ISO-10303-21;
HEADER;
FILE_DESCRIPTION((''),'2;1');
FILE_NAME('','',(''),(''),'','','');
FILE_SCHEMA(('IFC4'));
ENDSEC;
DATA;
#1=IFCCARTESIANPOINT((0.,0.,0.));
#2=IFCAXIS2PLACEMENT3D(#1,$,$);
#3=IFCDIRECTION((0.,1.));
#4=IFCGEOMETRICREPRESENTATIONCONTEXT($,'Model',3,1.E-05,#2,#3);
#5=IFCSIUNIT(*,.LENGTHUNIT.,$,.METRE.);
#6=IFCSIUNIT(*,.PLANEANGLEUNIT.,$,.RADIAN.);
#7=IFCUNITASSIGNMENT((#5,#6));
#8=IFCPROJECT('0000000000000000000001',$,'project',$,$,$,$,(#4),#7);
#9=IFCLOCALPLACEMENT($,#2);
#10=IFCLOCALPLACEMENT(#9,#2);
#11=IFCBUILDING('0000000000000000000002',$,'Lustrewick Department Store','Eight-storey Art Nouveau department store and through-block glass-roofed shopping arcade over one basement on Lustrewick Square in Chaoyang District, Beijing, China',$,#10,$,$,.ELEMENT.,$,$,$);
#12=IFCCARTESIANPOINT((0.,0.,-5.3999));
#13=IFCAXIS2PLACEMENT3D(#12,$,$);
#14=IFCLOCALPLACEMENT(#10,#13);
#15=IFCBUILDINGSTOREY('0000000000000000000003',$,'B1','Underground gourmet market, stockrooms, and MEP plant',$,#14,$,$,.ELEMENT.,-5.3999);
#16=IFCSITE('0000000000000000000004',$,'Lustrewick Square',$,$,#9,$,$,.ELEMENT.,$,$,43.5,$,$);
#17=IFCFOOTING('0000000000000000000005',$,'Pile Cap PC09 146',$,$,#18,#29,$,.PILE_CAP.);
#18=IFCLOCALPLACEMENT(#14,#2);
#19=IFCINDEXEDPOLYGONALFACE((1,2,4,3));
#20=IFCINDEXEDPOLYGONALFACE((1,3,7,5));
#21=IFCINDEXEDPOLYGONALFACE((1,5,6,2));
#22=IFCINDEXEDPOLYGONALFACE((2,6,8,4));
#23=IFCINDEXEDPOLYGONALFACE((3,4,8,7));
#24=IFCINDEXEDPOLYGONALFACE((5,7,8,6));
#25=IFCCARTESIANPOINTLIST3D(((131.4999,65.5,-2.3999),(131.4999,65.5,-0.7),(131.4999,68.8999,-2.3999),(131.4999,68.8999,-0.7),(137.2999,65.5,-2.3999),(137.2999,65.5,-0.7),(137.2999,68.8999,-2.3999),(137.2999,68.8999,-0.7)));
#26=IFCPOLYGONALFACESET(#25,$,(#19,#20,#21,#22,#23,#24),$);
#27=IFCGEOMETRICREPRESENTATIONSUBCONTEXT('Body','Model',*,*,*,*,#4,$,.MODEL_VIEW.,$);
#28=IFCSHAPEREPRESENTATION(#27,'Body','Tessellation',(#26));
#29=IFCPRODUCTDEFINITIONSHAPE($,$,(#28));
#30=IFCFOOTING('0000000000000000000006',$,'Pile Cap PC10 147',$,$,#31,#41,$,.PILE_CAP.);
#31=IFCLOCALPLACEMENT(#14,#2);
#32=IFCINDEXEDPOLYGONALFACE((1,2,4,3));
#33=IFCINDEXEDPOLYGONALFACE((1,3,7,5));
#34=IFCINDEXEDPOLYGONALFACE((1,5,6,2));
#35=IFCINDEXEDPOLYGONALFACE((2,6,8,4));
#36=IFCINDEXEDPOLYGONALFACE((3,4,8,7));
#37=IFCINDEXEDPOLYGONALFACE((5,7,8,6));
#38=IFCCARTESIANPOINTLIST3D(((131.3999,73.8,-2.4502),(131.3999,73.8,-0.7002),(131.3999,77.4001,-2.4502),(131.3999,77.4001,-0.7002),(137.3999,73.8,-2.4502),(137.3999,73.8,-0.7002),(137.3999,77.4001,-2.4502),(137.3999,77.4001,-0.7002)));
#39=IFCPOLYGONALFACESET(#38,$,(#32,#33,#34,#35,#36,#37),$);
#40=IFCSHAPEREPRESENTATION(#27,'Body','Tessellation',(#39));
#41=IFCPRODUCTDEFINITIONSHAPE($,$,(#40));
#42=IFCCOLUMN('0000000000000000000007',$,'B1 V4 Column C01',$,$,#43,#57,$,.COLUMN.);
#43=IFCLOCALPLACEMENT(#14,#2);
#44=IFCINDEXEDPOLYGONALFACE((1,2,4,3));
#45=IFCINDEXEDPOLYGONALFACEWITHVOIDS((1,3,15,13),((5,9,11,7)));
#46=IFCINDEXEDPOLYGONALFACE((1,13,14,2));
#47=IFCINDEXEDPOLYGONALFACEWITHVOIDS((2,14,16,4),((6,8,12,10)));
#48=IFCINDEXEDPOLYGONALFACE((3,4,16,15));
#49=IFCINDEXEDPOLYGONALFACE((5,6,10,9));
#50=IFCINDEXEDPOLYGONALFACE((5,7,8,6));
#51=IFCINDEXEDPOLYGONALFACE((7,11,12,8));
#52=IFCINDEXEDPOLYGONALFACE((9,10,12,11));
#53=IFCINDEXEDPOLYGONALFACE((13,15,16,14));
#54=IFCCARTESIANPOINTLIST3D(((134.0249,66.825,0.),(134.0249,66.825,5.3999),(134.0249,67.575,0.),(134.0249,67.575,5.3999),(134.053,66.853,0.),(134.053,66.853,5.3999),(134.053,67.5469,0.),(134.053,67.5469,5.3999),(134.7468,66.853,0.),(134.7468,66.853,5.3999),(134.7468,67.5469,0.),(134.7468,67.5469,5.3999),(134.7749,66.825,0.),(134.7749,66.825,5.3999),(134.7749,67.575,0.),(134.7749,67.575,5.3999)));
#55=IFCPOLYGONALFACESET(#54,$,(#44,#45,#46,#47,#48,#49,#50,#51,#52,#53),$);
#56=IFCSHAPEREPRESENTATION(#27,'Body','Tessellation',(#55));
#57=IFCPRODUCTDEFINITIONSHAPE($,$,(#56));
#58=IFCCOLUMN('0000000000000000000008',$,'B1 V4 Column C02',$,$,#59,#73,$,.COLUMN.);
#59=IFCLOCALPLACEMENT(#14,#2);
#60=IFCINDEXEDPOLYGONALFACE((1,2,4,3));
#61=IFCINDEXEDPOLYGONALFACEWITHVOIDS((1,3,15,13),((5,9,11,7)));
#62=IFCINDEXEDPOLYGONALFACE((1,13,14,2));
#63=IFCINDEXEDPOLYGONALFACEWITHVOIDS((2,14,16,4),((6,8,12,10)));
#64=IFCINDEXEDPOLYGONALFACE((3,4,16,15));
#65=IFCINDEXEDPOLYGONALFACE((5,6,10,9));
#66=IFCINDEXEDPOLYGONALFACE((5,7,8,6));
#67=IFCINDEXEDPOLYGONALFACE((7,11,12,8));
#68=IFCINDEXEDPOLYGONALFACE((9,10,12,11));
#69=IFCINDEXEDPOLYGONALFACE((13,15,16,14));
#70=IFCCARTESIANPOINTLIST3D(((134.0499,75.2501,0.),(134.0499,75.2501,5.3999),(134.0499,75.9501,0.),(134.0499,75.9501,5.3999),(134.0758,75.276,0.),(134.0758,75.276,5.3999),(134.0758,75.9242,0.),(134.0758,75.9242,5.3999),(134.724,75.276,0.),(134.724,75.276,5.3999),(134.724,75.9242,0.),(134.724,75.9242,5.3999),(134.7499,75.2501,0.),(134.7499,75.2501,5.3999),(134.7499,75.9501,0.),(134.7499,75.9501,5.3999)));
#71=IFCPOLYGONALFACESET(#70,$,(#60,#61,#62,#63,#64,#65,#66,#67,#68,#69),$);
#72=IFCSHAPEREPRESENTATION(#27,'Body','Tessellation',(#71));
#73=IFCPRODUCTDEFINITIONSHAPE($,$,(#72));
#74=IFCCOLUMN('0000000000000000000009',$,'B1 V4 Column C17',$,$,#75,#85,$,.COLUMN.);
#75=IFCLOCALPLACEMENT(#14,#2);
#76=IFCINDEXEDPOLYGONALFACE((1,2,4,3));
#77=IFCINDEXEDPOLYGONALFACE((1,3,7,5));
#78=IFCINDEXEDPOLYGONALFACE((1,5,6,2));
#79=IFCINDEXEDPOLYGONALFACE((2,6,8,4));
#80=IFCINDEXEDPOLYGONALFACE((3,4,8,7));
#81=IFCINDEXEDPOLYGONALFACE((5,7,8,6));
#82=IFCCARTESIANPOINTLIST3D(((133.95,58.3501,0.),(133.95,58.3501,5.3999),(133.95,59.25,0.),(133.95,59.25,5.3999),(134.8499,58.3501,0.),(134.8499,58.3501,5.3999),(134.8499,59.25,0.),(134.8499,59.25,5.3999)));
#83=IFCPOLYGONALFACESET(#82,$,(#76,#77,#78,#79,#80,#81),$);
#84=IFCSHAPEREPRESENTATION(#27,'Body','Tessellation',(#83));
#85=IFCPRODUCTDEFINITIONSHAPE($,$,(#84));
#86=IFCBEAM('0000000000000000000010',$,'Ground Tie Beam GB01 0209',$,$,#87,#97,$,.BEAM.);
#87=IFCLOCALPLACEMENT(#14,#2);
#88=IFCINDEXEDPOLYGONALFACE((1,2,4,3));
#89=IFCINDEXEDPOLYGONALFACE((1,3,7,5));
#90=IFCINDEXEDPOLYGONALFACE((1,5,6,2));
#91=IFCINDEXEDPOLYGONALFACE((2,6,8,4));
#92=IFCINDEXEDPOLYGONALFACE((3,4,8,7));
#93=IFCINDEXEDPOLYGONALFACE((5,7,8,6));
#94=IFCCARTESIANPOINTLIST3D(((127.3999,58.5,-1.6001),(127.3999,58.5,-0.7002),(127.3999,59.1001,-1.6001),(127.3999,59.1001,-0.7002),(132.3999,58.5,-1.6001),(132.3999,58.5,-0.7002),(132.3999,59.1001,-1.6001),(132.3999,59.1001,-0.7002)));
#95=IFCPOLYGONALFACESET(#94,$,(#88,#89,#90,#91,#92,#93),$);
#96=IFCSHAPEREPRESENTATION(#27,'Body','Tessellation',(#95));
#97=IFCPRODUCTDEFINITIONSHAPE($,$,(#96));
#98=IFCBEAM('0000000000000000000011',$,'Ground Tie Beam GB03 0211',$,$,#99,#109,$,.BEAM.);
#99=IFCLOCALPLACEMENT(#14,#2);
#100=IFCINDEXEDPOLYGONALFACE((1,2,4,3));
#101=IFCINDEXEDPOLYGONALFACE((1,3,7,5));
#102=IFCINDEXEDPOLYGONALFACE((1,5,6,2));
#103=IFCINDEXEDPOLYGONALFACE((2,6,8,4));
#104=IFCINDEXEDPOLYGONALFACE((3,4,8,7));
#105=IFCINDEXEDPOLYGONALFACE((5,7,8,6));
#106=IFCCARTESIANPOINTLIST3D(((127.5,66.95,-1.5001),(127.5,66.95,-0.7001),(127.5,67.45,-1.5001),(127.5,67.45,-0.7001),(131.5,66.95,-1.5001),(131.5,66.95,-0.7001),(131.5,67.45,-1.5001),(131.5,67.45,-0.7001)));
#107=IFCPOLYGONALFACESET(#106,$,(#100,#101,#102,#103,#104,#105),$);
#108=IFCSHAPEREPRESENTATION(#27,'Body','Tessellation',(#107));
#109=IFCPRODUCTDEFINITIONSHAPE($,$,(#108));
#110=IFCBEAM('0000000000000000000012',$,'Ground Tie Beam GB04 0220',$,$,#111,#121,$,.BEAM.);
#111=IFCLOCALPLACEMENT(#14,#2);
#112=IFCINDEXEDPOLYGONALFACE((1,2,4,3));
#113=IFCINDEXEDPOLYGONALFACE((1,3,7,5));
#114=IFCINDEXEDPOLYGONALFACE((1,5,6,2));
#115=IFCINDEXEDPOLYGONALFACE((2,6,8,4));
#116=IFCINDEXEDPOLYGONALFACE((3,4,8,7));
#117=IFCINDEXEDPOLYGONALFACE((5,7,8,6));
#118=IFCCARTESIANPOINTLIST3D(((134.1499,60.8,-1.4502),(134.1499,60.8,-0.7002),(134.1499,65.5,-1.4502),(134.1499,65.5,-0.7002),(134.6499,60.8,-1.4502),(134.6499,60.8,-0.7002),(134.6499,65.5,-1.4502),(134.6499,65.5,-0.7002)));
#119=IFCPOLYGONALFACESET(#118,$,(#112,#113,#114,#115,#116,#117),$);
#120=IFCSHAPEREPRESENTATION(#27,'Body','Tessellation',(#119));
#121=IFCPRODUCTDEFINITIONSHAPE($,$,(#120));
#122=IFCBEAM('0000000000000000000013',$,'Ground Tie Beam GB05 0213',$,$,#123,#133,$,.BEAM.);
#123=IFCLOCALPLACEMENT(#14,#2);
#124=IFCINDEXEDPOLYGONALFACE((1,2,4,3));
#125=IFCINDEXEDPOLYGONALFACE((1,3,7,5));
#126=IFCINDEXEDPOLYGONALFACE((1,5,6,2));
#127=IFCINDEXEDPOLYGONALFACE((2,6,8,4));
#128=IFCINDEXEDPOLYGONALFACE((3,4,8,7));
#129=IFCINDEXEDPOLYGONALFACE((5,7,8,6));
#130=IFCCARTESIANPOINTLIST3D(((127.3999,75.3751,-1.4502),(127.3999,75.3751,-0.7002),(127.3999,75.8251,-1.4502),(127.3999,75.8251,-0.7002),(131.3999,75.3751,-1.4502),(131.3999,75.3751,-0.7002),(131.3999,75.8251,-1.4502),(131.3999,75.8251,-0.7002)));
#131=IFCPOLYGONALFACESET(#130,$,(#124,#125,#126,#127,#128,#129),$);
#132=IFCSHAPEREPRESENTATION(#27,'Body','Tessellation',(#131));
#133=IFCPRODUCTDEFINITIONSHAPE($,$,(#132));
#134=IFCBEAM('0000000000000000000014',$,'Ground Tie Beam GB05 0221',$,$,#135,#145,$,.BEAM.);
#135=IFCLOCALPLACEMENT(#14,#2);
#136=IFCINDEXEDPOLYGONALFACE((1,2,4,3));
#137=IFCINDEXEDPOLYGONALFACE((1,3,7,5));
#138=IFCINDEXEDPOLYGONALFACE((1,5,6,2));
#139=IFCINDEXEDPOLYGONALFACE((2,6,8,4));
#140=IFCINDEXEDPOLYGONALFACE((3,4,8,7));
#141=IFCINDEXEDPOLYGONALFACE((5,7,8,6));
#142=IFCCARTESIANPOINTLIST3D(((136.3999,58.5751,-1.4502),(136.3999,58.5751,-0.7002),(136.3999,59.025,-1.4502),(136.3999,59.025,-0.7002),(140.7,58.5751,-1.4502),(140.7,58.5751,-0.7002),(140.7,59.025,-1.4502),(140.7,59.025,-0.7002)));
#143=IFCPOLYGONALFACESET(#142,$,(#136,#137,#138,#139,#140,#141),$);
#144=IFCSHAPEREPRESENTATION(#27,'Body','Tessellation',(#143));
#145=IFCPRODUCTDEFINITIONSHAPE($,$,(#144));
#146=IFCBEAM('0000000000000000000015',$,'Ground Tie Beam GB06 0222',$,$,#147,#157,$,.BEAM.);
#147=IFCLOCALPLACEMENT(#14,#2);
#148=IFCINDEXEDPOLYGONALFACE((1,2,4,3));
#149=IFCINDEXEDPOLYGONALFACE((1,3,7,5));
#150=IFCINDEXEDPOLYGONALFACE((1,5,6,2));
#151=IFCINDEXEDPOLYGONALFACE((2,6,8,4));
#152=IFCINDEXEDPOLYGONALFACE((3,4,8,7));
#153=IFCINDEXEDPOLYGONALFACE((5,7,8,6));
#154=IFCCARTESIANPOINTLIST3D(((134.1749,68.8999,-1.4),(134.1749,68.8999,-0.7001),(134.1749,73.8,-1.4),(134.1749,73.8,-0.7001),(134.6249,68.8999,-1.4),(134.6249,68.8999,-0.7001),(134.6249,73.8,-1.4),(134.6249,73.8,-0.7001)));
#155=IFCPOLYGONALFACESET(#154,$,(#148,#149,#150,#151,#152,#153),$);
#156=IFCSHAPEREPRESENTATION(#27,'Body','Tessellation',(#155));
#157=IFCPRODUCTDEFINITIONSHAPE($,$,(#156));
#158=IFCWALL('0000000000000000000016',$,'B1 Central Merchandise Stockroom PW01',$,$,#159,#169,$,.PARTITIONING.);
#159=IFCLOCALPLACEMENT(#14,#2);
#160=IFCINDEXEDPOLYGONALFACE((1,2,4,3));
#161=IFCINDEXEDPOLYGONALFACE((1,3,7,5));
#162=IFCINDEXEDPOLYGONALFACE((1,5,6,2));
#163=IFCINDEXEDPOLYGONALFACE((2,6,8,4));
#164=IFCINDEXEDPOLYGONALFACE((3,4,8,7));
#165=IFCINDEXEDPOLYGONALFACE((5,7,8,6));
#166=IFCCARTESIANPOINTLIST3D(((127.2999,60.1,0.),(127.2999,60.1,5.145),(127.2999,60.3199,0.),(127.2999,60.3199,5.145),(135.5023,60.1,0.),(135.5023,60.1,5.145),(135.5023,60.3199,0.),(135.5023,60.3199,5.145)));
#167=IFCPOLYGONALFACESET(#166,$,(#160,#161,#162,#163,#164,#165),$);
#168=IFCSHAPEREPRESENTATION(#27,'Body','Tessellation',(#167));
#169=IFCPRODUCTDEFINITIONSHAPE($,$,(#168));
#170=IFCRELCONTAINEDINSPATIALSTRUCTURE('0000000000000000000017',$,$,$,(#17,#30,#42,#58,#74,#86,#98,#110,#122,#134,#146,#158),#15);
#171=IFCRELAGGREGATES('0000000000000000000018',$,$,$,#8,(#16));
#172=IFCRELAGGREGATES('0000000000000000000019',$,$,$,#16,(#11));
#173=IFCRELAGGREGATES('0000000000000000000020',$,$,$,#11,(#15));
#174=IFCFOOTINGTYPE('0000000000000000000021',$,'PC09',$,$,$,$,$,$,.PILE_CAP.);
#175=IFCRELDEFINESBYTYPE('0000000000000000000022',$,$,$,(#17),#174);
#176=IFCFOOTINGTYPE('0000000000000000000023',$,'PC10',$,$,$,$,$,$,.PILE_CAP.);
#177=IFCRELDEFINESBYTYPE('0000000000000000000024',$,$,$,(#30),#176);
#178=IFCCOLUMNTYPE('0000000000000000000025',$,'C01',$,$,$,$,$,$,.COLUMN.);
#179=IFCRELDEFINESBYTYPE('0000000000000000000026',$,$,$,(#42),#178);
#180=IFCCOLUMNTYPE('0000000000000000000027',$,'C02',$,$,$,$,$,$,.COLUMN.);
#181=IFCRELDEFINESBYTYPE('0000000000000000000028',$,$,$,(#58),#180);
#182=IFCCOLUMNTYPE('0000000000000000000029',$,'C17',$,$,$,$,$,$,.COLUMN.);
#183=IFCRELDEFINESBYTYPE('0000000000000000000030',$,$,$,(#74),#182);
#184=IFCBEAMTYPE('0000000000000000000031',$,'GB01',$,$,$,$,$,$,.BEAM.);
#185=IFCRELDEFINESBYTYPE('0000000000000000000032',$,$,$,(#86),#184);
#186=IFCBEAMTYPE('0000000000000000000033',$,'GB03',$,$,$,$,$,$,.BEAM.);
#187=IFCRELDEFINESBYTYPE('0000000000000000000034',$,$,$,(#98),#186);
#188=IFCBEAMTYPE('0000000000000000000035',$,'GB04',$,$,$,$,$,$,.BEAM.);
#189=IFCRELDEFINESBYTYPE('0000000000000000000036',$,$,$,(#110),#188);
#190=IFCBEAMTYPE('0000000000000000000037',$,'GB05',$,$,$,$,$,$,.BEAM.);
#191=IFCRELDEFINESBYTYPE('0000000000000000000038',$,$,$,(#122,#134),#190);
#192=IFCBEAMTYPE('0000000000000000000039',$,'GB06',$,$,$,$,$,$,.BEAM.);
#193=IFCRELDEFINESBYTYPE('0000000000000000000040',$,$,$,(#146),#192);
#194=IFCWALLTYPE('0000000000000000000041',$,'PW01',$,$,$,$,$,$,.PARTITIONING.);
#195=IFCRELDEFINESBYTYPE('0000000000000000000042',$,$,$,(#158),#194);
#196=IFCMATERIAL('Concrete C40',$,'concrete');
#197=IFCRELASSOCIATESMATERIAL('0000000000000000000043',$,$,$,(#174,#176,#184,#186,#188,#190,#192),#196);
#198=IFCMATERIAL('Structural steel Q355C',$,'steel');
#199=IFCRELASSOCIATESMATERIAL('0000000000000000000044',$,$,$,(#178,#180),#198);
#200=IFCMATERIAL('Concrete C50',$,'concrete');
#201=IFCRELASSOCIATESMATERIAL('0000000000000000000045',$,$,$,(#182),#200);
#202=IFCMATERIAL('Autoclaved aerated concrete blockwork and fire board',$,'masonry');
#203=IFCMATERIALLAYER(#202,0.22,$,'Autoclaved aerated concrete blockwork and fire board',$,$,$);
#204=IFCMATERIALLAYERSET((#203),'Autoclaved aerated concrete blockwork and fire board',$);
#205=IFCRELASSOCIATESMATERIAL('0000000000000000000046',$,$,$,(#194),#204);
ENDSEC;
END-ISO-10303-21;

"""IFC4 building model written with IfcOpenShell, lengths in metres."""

from ifc_helpers import new_model, si_unit, direction, frame, frame_2d, origin, origin_2d, place, context, subcontext, project, spatial, rectangle, hollow_rectangle, extrude, material, layer, layer_set, material_profile, profile_set, type_object, element, save


model = new_model("IFC4")

# Units and contexts
model_context = context("Model", 3, precision=1e-05, world=origin(), true_north=direction((0.0, 1.0)))
body_context = subcontext(model_context, "Body", "Model", "MODEL_VIEW")
ifc_project = project(units=[si_unit("LENGTHUNIT", "METRE"), si_unit("PLANEANGLEUNIT", "RADIAN")], contexts=[model_context])

# Site, building, storey
site_placement = place(None, origin())
site = spatial("IfcSite", under=ifc_project, at=site_placement, Name="Lustrewick Square", CompositionType="ELEMENT", RefElevation=43.5)
building_placement = place(site_placement, origin())
building = spatial("IfcBuilding", under=site, at=building_placement, Name="Lustrewick Department Store", Description="Eight-storey Art Nouveau department store and through-block glass-roofed shopping arcade over one basement on Lustrewick Square in Chaoyang District, Beijing, China", CompositionType="ELEMENT")
storey_placement = place(building_placement, frame((0.0, 0.0, -5.3999)))
storey = spatial("IfcBuildingStorey", under=building, at=storey_placement, Name="B1", Description="Underground gourmet market, stockrooms, and MEP plant", CompositionType="ELEMENT", Elevation=-5.3999)

# Shared definitions
ifc_material_1 = material(Name="Concrete C40", Category="concrete")

# Footings
footing_type_1 = type_object("IfcFootingType", Name="PC09", PredefinedType="PILE_CAP", material=ifc_material_1)
footing_1_placement = place(storey_placement, frame((134.3999, 67.2, -2.3999), z_axis=(0.0, 0.0, 1.0), x_axis=(1.0, 0.0, 0.0)))
element("IfcFooting", 1, at=footing_1_placement, inside=storey, type_object=footing_type_1, Name="Pile Cap PC09 146", PredefinedType="PILE_CAP", context=body_context, shape_type="SweptSolid", body=[
    extrude(rectangle(XDim=5.8, YDim=3.3999, at=origin_2d()), origin(), (0.0, 0.0, 1.0), 1.7),
])
footing_type_2 = type_object("IfcFootingType", Name="PC10", PredefinedType="PILE_CAP", material=ifc_material_1)
footing_2_placement = place(storey_placement, frame((134.3999, 75.6001, -2.4502), z_axis=(0.0, 0.0, 1.0), x_axis=(1.0, 0.0, 0.0)))
element("IfcFooting", 2, at=footing_2_placement, inside=storey, type_object=footing_type_2, Name="Pile Cap PC10 147", PredefinedType="PILE_CAP", context=body_context, shape_type="SweptSolid", body=[
    extrude(rectangle(XDim=6.0, YDim=3.6001, at=origin_2d()), origin(), (0.0, 0.0, 1.0), 1.75),
])

# Columns
ifc_material_2 = material(Name="Structural steel Q355C", Category="steel")
ifc_material_profile_1 = material_profile(ifc_material_2, hollow_rectangle(XDim=0.75, YDim=0.75, WallThickness=0.0281, at=origin_2d()), Name="BOX 750x750x28")
ifc_profile_set_1 = profile_set([ifc_material_profile_1], Name="Structural steel Q355C")
column_type_1 = type_object("IfcColumnType", Name="C01", PredefinedType="COLUMN", material=ifc_profile_set_1)
column_1_placement = place(storey_placement, frame((134.3999, 67.2, 0.0), z_axis=(0.0, 0.0, 1.0), x_axis=(1.0, 0.0, 0.0)))
element("IfcColumn", 3, at=column_1_placement, inside=storey, type_object=column_type_1, Name="B1 V4 Column C01", PredefinedType="COLUMN", context=body_context, shape_type="SweptSolid", body=[
    extrude(hollow_rectangle(XDim=0.75, YDim=0.75, WallThickness=0.0281, at=origin_2d()), origin(), (0.0, 0.0, 1.0), 5.3999),
])
ifc_material_profile_2 = material_profile(ifc_material_2, hollow_rectangle(XDim=0.7, YDim=0.7, WallThickness=0.0259, at=origin_2d()), Name="BOX 700x700x26")
ifc_profile_set_2 = profile_set([ifc_material_profile_2], Name="Structural steel Q355C")
column_type_2 = type_object("IfcColumnType", Name="C02", PredefinedType="COLUMN", material=ifc_profile_set_2)
column_2_placement = place(storey_placement, frame((134.3999, 75.6001, 0.0), z_axis=(0.0, 0.0, 1.0), x_axis=(1.0, 0.0, 0.0)))
element("IfcColumn", 4, at=column_2_placement, inside=storey, type_object=column_type_2, Name="B1 V4 Column C02", PredefinedType="COLUMN", context=body_context, shape_type="SweptSolid", body=[
    extrude(hollow_rectangle(XDim=0.7, YDim=0.7, WallThickness=0.0259, at=origin_2d()), origin(), (0.0, 0.0, 1.0), 5.3999),
])
ifc_material_3 = material(Name="Concrete C50", Category="concrete")
ifc_material_profile_3 = material_profile(ifc_material_3, rectangle(XDim=0.8999, YDim=0.8999, at=origin_2d()), Name="RC 900x900")
ifc_profile_set_3 = profile_set([ifc_material_profile_3], Name="Concrete C50")
column_type_3 = type_object("IfcColumnType", Name="C17", PredefinedType="COLUMN", material=ifc_profile_set_3)
column_3_placement = place(storey_placement, frame((134.3999, 58.8, 0.0), z_axis=(0.0, 0.0, 1.0), x_axis=(1.0, 0.0, 0.0)))
element("IfcColumn", 5, at=column_3_placement, inside=storey, type_object=column_type_3, Name="B1 V4 Column C17", PredefinedType="COLUMN", context=body_context, shape_type="SweptSolid", body=[
    extrude(rectangle(XDim=0.8999, YDim=0.8999, at=origin_2d()), origin(), (0.0, 0.0, 1.0), 5.3999),
])

# Beams
ifc_material_profile_4 = material_profile(ifc_material_1, rectangle(XDim=0.6001, YDim=0.8999, at=origin_2d()), Name="RC 600x900")
ifc_profile_set_4 = profile_set([ifc_material_profile_4], Name="Concrete C40")
beam_type_1 = type_object("IfcBeamType", Name="GB01", PredefinedType="BEAM", material=ifc_profile_set_4)
beam_1_placement = place(storey_placement, frame((127.3999, 58.8, -1.1501), z_axis=(1.0, 0.0, 0.0), x_axis=(0.0, 1.0, 0.0)))
element("IfcBeam", 6, at=beam_1_placement, inside=storey, type_object=beam_type_1, Name="Ground Tie Beam GB01 0209", PredefinedType="BEAM", context=body_context, shape_type="SweptSolid", body=[
    extrude(rectangle(XDim=0.6001, YDim=0.8999, at=origin_2d()), origin(), (0.0, 0.0, 1.0), 5.0),
])
ifc_material_profile_5 = material_profile(ifc_material_1, rectangle(XDim=0.5, YDim=0.8, at=origin_2d()), Name="RC 500x800")
ifc_profile_set_5 = profile_set([ifc_material_profile_5], Name="Concrete C40")
beam_type_2 = type_object("IfcBeamType", Name="GB03", PredefinedType="BEAM", material=ifc_profile_set_5)
beam_2_placement = place(storey_placement, frame((127.5, 67.2, -1.1001), z_axis=(1.0, 0.0, 0.0), x_axis=(0.0, 1.0, 0.0)))
element("IfcBeam", 7, at=beam_2_placement, inside=storey, type_object=beam_type_2, Name="Ground Tie Beam GB03 0211", PredefinedType="BEAM", context=body_context, shape_type="SweptSolid", body=[
    extrude(rectangle(XDim=0.5, YDim=0.8, at=origin_2d()), origin(), (0.0, 0.0, 1.0), 4.0),
])
ifc_material_profile_6 = material_profile(ifc_material_1, rectangle(XDim=0.5, YDim=0.75, at=origin_2d()), Name="RC 500x750")
ifc_profile_set_6 = profile_set([ifc_material_profile_6], Name="Concrete C40")
beam_type_3 = type_object("IfcBeamType", Name="GB04", PredefinedType="BEAM", material=ifc_profile_set_6)
beam_3_placement = place(storey_placement, frame((134.3999, 60.8, -1.0752), z_axis=(0.0, 1.0, 0.0), x_axis=(-1.0, 0.0, 0.0)))
element("IfcBeam", 8, at=beam_3_placement, inside=storey, type_object=beam_type_3, Name="Ground Tie Beam GB04 0220", PredefinedType="BEAM", context=body_context, shape_type="SweptSolid", body=[
    extrude(rectangle(XDim=0.5, YDim=0.75, at=origin_2d()), origin(), (0.0, 0.0, 1.0), 4.7),
])
ifc_material_profile_7 = material_profile(ifc_material_1, rectangle(XDim=0.45, YDim=0.75, at=origin_2d()), Name="RC 450x750")
ifc_profile_set_7 = profile_set([ifc_material_profile_7], Name="Concrete C40")
beam_type_4 = type_object("IfcBeamType", Name="GB05", PredefinedType="BEAM", material=ifc_profile_set_7)
beam_4_placement = place(storey_placement, frame((127.3999, 75.6001, -1.0752), z_axis=(1.0, 0.0, 0.0), x_axis=(0.0, 1.0, 0.0)))
element("IfcBeam", 9, at=beam_4_placement, inside=storey, type_object=beam_type_4, Name="Ground Tie Beam GB05 0213", PredefinedType="BEAM", context=body_context, shape_type="SweptSolid", body=[
    extrude(rectangle(XDim=0.45, YDim=0.75, at=origin_2d()), origin(), (0.0, 0.0, 1.0), 4.0),
])
beam_5_placement = place(storey_placement, frame((136.3999, 58.8, -1.0752), z_axis=(1.0, 0.0, 0.0), x_axis=(0.0, 1.0, 0.0)))
element("IfcBeam", 10, at=beam_5_placement, inside=storey, type_object=beam_type_4, Name="Ground Tie Beam GB05 0221", PredefinedType="BEAM", context=body_context, shape_type="SweptSolid", body=[
    extrude(rectangle(XDim=0.45, YDim=0.75, at=origin_2d()), origin(), (0.0, 0.0, 1.0), 4.3),
])
ifc_material_profile_8 = material_profile(ifc_material_1, rectangle(XDim=0.45, YDim=0.7, at=origin_2d()), Name="RC 450x700")
ifc_profile_set_8 = profile_set([ifc_material_profile_8], Name="Concrete C40")
beam_type_5 = type_object("IfcBeamType", Name="GB06", PredefinedType="BEAM", material=ifc_profile_set_8)
beam_6_placement = place(storey_placement, frame((134.3999, 68.8999, -1.05), z_axis=(0.0, 1.0, 0.0), x_axis=(-1.0, 0.0, 0.0)))
element("IfcBeam", 11, at=beam_6_placement, inside=storey, type_object=beam_type_5, Name="Ground Tie Beam GB06 0222", PredefinedType="BEAM", context=body_context, shape_type="SweptSolid", body=[
    extrude(rectangle(XDim=0.45, YDim=0.7, at=origin_2d()), origin(), (0.0, 0.0, 1.0), 4.9001),
])

# Wall
ifc_material_4 = material(Name="Autoclaved aerated concrete blockwork and fire board", Category="masonry")
ifc_layer_1 = layer(ifc_material_4, 0.22, Name="Autoclaved aerated concrete blockwork and fire board")
ifc_layer_set_1 = layer_set([ifc_layer_1], Name="Autoclaved aerated concrete blockwork and fire board")
wall_type_1 = type_object("IfcWallType", Name="PW01", PredefinedType="PARTITIONING", material=ifc_layer_set_1)
wall_1_placement = place(storey_placement, frame((127.3, 60.21, 0.0), z_axis=(0.0, 0.0, 1.0), x_axis=(1.0, 0.0, 0.0)))
element("IfcWall", 12, at=wall_1_placement, inside=storey, type_object=wall_type_1, Name="B1 Central Merchandise Stockroom PW01", PredefinedType="PARTITIONING", context=body_context, shape_type="SweptSolid", body=[
    extrude(rectangle(XDim=8.2024, YDim=0.22, at=frame_2d((4.1011, 0.0))), origin(), (0.0, 0.0, 1.0), 5.145),
])

save(model, "model.ifc")
